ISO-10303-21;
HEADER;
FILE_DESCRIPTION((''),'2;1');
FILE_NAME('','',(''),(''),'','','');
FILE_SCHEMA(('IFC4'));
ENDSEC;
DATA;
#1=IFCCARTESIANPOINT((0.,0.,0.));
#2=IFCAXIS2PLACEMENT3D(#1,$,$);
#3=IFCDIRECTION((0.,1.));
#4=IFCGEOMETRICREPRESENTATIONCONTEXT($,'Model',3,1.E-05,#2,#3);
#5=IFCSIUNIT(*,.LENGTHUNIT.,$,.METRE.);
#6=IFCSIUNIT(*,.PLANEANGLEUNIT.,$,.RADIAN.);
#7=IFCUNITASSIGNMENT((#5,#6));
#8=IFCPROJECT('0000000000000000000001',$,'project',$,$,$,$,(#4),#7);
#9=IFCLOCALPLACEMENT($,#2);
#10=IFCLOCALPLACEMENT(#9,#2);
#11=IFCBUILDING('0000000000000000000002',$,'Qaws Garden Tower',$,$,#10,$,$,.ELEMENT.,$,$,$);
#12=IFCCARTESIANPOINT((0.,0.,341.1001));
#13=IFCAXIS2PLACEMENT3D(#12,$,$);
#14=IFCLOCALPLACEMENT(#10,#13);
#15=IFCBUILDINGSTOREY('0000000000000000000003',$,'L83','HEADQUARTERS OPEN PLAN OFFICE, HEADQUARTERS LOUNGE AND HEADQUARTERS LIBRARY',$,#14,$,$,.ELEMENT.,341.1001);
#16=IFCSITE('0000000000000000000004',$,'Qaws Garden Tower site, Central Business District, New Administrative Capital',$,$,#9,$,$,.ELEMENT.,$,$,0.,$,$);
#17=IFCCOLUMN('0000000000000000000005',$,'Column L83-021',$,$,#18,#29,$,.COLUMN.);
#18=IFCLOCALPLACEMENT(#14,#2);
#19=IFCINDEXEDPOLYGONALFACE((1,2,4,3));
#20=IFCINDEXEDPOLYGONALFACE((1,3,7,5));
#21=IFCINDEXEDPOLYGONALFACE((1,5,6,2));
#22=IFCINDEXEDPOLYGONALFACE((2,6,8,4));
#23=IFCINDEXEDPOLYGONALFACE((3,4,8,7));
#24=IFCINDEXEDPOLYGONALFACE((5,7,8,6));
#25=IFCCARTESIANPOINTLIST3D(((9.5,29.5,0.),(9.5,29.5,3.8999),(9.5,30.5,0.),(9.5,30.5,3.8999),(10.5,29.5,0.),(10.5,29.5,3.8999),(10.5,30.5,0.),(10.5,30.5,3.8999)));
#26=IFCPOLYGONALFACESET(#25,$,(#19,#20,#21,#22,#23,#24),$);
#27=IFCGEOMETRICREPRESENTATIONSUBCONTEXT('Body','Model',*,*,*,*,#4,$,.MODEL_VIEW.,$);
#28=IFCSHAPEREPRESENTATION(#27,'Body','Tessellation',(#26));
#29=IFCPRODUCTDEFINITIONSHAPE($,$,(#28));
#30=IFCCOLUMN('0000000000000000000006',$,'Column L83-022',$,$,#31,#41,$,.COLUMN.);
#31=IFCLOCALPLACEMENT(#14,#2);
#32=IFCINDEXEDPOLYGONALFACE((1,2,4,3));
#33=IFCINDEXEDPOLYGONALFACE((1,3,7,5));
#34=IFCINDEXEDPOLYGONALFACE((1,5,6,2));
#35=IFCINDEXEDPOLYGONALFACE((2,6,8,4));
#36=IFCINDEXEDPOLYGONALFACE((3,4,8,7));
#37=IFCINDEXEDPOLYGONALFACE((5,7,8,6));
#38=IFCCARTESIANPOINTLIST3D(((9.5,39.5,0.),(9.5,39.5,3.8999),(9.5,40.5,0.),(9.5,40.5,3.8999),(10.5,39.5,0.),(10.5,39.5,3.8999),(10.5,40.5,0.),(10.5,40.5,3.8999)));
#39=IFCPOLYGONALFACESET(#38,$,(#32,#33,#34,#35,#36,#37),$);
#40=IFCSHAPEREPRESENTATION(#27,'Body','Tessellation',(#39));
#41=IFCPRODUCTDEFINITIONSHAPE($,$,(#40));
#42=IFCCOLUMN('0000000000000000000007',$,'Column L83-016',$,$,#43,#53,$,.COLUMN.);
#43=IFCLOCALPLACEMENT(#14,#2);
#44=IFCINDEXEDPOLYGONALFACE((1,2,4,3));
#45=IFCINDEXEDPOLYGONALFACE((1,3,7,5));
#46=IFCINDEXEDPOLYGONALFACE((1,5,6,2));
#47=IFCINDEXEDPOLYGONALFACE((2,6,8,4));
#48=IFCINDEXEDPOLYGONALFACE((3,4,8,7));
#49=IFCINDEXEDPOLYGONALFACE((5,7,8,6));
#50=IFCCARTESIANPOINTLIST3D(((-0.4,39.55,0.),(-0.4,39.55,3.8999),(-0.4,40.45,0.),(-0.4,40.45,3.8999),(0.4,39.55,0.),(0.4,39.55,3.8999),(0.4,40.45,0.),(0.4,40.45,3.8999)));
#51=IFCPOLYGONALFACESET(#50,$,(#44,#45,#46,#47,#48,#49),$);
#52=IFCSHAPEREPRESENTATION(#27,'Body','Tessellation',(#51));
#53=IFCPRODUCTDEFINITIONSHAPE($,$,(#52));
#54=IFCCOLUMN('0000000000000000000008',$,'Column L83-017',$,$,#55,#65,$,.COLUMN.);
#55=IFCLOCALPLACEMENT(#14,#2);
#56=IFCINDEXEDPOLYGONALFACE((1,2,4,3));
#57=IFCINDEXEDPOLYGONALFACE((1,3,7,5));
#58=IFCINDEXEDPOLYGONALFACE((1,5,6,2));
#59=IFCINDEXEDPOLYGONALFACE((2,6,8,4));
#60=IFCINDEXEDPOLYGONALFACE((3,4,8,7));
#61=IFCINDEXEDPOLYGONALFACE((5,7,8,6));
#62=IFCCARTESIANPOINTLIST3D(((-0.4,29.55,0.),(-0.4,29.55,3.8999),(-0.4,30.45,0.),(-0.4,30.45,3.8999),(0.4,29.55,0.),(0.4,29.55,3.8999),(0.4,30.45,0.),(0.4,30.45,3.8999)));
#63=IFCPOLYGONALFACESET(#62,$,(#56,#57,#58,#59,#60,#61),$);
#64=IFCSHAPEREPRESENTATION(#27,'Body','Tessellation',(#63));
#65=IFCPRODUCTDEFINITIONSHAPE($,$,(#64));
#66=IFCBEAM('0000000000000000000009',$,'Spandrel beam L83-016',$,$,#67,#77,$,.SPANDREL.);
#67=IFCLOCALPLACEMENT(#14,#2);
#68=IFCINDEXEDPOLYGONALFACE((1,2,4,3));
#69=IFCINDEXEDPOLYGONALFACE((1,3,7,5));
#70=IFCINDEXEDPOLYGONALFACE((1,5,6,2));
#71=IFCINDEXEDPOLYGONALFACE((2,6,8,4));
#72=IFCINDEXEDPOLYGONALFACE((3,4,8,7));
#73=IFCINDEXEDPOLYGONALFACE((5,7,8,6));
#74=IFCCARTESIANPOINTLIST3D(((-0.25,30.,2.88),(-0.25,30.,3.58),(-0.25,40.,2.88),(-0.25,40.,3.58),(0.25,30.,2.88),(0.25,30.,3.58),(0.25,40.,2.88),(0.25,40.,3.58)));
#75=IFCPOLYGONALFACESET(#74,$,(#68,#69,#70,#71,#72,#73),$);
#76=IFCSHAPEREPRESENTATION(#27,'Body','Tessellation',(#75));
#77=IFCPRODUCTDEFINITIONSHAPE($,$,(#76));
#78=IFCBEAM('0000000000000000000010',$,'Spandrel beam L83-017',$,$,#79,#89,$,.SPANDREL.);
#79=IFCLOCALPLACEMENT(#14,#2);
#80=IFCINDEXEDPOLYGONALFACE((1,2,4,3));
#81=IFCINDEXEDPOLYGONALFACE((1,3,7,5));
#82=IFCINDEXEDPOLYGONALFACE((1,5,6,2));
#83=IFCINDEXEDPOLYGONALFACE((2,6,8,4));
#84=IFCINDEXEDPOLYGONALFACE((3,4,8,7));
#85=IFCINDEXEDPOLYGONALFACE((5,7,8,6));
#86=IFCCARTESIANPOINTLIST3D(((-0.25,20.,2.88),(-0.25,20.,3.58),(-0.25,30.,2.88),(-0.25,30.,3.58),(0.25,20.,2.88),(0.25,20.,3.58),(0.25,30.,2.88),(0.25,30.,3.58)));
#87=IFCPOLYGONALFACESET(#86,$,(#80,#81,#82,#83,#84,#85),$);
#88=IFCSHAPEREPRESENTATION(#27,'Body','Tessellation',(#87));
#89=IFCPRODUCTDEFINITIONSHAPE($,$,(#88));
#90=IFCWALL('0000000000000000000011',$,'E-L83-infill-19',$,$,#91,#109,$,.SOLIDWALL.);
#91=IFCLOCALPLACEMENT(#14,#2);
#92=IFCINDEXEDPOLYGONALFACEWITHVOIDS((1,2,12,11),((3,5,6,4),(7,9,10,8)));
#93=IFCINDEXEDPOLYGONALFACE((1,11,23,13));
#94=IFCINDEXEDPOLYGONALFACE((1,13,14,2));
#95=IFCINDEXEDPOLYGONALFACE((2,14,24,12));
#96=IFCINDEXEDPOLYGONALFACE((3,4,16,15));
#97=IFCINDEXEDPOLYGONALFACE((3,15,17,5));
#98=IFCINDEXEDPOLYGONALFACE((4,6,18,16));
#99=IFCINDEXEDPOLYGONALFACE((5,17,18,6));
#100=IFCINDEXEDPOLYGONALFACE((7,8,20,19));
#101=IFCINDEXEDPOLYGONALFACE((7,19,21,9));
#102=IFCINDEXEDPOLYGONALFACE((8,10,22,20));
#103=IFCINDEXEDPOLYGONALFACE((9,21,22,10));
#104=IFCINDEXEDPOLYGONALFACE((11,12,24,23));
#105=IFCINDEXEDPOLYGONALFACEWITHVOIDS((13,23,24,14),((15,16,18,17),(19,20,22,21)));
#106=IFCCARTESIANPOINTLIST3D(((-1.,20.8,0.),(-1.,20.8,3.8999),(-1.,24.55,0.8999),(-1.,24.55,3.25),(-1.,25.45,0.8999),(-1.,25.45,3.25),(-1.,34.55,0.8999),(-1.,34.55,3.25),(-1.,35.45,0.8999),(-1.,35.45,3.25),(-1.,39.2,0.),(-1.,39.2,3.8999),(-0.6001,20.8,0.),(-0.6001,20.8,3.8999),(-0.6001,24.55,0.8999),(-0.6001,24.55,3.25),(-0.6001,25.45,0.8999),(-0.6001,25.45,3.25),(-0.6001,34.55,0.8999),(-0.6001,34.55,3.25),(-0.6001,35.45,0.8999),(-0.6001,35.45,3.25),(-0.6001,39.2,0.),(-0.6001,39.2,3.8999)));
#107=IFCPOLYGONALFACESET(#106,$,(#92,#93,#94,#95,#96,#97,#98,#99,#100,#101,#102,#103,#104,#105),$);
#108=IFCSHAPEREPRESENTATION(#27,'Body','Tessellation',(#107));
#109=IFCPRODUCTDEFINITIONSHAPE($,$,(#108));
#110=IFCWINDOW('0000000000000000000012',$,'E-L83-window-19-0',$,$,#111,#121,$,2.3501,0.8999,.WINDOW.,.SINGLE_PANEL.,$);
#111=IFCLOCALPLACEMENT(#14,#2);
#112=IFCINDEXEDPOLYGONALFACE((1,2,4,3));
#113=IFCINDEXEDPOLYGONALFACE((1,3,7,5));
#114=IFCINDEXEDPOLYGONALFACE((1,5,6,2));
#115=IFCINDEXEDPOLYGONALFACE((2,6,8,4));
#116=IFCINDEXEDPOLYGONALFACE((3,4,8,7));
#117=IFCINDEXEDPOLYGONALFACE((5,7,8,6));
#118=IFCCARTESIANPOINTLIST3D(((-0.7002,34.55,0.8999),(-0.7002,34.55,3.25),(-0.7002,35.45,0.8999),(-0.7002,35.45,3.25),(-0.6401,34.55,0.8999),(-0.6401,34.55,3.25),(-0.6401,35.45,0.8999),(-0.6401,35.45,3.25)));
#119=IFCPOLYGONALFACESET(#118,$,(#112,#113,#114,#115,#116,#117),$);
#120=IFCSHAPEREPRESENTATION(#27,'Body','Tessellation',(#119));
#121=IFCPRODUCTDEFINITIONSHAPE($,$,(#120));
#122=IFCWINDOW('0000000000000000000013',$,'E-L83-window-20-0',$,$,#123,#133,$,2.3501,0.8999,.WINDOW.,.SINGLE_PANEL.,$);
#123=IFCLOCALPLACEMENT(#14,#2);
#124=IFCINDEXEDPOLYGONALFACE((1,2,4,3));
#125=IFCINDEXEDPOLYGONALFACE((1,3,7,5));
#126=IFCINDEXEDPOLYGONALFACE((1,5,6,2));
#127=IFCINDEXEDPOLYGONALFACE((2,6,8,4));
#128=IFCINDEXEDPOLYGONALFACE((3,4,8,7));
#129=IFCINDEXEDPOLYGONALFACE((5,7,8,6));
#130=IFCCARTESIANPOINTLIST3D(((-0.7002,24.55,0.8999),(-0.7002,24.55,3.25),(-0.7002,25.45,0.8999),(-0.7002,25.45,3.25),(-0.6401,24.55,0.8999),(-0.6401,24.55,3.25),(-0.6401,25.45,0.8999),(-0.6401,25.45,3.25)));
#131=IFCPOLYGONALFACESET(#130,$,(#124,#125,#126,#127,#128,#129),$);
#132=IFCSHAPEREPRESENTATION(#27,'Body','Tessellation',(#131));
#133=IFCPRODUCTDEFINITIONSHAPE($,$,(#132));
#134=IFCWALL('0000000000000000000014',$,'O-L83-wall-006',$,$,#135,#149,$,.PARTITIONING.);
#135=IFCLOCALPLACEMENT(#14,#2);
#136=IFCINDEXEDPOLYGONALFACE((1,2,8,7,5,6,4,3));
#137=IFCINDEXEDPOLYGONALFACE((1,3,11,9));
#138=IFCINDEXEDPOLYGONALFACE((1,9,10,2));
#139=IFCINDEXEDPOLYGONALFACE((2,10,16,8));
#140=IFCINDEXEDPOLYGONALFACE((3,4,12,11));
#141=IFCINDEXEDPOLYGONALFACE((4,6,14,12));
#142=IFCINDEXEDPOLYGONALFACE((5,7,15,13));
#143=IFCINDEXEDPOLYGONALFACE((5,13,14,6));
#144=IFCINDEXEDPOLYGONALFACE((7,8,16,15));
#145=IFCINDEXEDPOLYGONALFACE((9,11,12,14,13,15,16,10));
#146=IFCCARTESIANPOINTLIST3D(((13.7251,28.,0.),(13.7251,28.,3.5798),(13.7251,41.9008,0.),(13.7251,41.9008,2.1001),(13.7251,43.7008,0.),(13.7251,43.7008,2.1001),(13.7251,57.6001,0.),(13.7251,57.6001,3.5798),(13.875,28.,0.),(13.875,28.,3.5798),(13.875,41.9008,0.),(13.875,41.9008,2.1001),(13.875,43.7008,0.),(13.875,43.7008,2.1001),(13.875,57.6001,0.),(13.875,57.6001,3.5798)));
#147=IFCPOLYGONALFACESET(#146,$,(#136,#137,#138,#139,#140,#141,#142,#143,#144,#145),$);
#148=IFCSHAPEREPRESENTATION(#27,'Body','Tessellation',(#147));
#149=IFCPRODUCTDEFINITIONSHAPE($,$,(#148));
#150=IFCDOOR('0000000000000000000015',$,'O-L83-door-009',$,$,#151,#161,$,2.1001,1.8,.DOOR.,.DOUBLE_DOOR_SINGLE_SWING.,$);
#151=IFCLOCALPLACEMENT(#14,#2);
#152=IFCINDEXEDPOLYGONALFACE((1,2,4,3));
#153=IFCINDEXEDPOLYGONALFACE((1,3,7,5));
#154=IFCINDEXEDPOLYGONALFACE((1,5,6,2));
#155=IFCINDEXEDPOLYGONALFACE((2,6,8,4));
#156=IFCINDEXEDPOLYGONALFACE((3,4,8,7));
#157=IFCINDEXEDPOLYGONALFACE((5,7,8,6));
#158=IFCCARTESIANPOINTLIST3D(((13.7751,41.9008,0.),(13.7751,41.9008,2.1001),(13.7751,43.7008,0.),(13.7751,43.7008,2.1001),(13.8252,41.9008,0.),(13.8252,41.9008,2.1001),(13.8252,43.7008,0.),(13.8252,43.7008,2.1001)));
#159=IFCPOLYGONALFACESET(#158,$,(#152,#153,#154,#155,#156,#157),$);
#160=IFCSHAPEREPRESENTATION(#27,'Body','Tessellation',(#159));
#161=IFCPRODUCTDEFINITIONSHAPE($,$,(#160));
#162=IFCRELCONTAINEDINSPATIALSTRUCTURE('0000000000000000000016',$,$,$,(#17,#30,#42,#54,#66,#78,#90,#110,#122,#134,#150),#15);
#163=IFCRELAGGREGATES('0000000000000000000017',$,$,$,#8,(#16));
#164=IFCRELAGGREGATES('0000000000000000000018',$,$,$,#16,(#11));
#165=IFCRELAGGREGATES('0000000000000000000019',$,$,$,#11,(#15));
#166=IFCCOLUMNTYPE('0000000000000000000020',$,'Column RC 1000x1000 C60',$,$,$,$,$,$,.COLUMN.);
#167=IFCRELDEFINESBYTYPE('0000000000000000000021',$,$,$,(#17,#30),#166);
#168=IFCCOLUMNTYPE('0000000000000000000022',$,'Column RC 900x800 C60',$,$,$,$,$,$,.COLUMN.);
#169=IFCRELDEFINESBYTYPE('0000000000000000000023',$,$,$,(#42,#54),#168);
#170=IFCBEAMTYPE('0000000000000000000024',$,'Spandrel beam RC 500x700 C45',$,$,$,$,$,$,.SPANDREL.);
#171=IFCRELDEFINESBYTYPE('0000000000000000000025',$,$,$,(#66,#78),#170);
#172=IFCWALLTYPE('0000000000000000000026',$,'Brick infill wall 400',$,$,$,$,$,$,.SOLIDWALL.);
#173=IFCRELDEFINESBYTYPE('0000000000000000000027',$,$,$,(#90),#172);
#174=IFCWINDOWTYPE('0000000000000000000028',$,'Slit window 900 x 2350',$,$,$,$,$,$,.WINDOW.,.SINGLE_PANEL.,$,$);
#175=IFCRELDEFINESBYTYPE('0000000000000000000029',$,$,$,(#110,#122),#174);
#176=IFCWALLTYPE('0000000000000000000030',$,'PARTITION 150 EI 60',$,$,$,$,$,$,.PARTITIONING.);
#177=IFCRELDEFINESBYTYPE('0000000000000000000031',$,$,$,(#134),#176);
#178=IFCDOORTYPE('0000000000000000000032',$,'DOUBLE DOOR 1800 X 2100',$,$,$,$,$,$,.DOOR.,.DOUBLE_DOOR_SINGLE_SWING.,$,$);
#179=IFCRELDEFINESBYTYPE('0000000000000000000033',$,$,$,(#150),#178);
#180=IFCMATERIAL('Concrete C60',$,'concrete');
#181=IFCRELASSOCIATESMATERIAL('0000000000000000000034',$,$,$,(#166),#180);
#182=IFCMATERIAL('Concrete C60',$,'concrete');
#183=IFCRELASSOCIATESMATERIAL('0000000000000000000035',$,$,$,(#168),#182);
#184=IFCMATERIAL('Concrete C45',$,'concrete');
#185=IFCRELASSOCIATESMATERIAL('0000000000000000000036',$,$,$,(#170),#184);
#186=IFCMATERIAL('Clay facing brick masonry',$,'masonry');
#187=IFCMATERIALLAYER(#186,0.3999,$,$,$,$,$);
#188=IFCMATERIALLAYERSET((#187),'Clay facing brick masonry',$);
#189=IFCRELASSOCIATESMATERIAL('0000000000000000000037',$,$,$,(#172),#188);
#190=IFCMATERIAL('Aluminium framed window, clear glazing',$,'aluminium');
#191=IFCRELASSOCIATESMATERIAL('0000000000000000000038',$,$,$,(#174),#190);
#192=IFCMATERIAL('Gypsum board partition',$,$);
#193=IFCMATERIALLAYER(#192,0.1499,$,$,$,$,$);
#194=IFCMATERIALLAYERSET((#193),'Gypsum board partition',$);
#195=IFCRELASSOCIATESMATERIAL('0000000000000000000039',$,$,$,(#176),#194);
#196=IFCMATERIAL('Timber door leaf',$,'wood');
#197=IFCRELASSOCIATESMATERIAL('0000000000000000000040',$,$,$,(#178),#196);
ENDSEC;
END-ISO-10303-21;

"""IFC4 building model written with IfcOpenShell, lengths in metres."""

from ifc_helpers import new_model, si_unit, direction, frame, frame_2d, origin, origin_2d, place, context, subcontext, project, spatial, rectangle, extrude, material, layer, layer_set, material_profile, profile_set, type_object, element, fill, save


model = new_model("IFC4")

# Units and contexts
model_context = context("Model", 3, precision=1e-05, world=origin(), true_north=direction((0.0, 1.0)))
body_context = subcontext(model_context, "Body", "Model", "MODEL_VIEW")
ifc_project = project(units=[si_unit("LENGTHUNIT", "METRE"), si_unit("PLANEANGLEUNIT", "RADIAN")], contexts=[model_context])

# Site, building, storey
site_placement = place(None, origin())
site = spatial("IfcSite", under=ifc_project, at=site_placement, Name="Qaws Garden Tower site, Central Business District, New Administrative Capital", CompositionType="ELEMENT", RefElevation=0.0)
building_placement = place(site_placement, origin())
building = spatial("IfcBuilding", under=site, at=building_placement, Name="Qaws Garden Tower", CompositionType="ELEMENT")
storey_placement = place(building_placement, frame((0.0, 0.0, 341.1001)))
storey = spatial("IfcBuildingStorey", under=building, at=storey_placement, Name="L83", Description="HEADQUARTERS OPEN PLAN OFFICE, HEADQUARTERS LOUNGE AND HEADQUARTERS LIBRARY", CompositionType="ELEMENT", Elevation=341.1001)

# Columns
ifc_material_1 = material(Name="Concrete C60", Category="concrete")
ifc_material_profile_1 = material_profile(ifc_material_1, rectangle(XDim=1.0, YDim=1.0, at=origin_2d()), Name="RC 1000x1000")
ifc_profile_set_1 = profile_set([ifc_material_profile_1], Name="Concrete C60")
column_type_1 = type_object("IfcColumnType", Name="Column RC 1000x1000 C60", PredefinedType="COLUMN", material=ifc_profile_set_1)
for number, where, z_axis, x_axis, name in (
    (1, (10.0, 30.0, 0.0), (0.0, 0.0, 1.0), (1.0, 0.0, 0.0), "Column L83-021"),
    (2, (10.0, 40.0, 0.0), (0.0, 0.0, 1.0), (1.0, 0.0, 0.0), "Column L83-022"),
):
    element("IfcColumn", number, at=place(storey_placement, frame(where, z_axis=z_axis, x_axis=x_axis)), inside=storey, type_object=column_type_1, Name=name, PredefinedType="COLUMN", context=body_context, shape_type="SweptSolid", body=[
        extrude(rectangle(XDim=1.0, YDim=1.0, at=origin_2d()), origin(), (0.0, 0.0, 1.0), 3.8999),
    ])
ifc_material_2 = material(Name="Concrete C60", Category="concrete")
ifc_material_profile_2 = material_profile(ifc_material_2, rectangle(XDim=0.8999, YDim=0.8, at=origin_2d()), Name="RC 900x800")
ifc_profile_set_2 = profile_set([ifc_material_profile_2], Name="Concrete C60")
column_type_2 = type_object("IfcColumnType", Name="Column RC 900x800 C60", PredefinedType="COLUMN", material=ifc_profile_set_2)
for number, where, z_axis, x_axis, name in (
    (3, (0.0, 40.0, 0.0), (0.0, 0.0, 1.0), (0.0, 1.0, 0.0), "Column L83-016"),
    (4, (0.0, 30.0, 0.0), (0.0, 0.0, 1.0), (0.0, 1.0, 0.0), "Column L83-017"),
):
    element("IfcColumn", number, at=place(storey_placement, frame(where, z_axis=z_axis, x_axis=x_axis)), inside=storey, type_object=column_type_2, Name=name, PredefinedType="COLUMN", context=body_context, shape_type="SweptSolid", body=[
        extrude(rectangle(XDim=0.8999, YDim=0.8, at=origin_2d()), origin(), (0.0, 0.0, 1.0), 3.8999),
    ])

# Beams
ifc_material_3 = material(Name="Concrete C45", Category="concrete")
ifc_material_profile_3 = material_profile(ifc_material_3, rectangle(XDim=0.5, YDim=0.7, at=origin_2d()), Name="RC 500x700")
ifc_profile_set_3 = profile_set([ifc_material_profile_3], Name="Concrete C45")
beam_type = type_object("IfcBeamType", Name="Spandrel beam RC 500x700 C45", PredefinedType="SPANDREL", material=ifc_profile_set_3)
for number, where, z_axis, x_axis, name in (
    (5, (0.0, 40.0, 3.23), (0.0, -1.0, 0.0), (1.0, 0.0, 0.0), "Spandrel beam L83-016"),
    (6, (0.0, 30.0, 3.23), (0.0, -1.0, 0.0), (1.0, 0.0, 0.0), "Spandrel beam L83-017"),
):
    element("IfcBeam", number, at=place(storey_placement, frame(where, z_axis=z_axis, x_axis=x_axis)), inside=storey, type_object=beam_type, Name=name, PredefinedType="SPANDREL", context=body_context, shape_type="SweptSolid", body=[
        extrude(rectangle(XDim=0.5, YDim=0.7, at=origin_2d()), origin(), (0.0, 0.0, 1.0), 10.0),
    ])

# Wall, openings, windows
ifc_material_4 = material(Name="Clay facing brick masonry", Category="masonry")
ifc_layer_1 = layer(ifc_material_4, 0.3999)
ifc_layer_set_1 = layer_set([ifc_layer_1], Name="Clay facing brick masonry")
wall_type_1 = type_object("IfcWallType", Name="Brick infill wall 400", PredefinedType="SOLIDWALL", material=ifc_layer_set_1)
wall_1_placement = place(storey_placement, frame((-0.8, 39.2, 0.0), z_axis=(0.0, 0.0, 1.0), x_axis=(0.0, -1.0, 0.0)))
wall_1 = element("IfcWall", 7, at=wall_1_placement, inside=storey, type_object=wall_type_1, Name="E-L83-infill-19", PredefinedType="SOLIDWALL", context=body_context, shape_type="SweptSolid", body=[
    extrude(rectangle(XDim=18.3999, YDim=0.3999, at=frame_2d((9.2, 0.0))), origin(), (0.0, 0.0, 1.0), 3.8999),
])
opening_1_placement = place(wall_1_placement, frame((3.75, 0.0, 0.8999)))
opening_1 = element("IfcOpeningElement", 8, at=opening_1_placement, cuts=wall_1, PredefinedType="OPENING", context=body_context, shape_type="SweptSolid", body=[
    extrude(rectangle(XDim=0.8999, YDim=2.3501, at=frame_2d((0.45, 1.175))), frame((0.0, 0.21, 0.0), z_axis=(0.0, -1.0, 0.0), x_axis=(1.0, 0.0, 0.0)), (0.0, 0.0, 1.0), 0.4199),
])
opening_2_placement = place(wall_1_placement, frame((13.75, 0.0, 0.8999)))
opening_2 = element("IfcOpeningElement", 9, at=opening_2_placement, cuts=wall_1, PredefinedType="OPENING", context=body_context, shape_type="SweptSolid", body=[
    extrude(rectangle(XDim=0.8999, YDim=2.3501, at=frame_2d((0.45, 1.175))), frame((0.0, 0.21, 0.0), z_axis=(0.0, -1.0, 0.0), x_axis=(1.0, 0.0, 0.0)), (0.0, 0.0, 1.0), 0.4199),
])
ifc_material_5 = material(Name="Aluminium framed window, clear glazing", Category="aluminium")
window_type = type_object("IfcWindowType", Name="Slit window 900 x 2350", PartitioningType="SINGLE_PANEL", PredefinedType="WINDOW", material=ifc_material_5)
window_1_placement = place(opening_1_placement, origin())
window_1 = element("IfcWindow", 10, at=window_1_placement, inside=storey, type_object=window_type, Name="E-L83-window-19-0", OverallHeight=2.3501, OverallWidth=0.8999, PartitioningType="SINGLE_PANEL", PredefinedType="WINDOW", context=body_context, shape_type="SweptSolid", body=[
    extrude(rectangle(XDim=0.8999, YDim=2.3501, at=frame_2d((0.45, 1.175))), frame((0.0, 0.1599, 0.0), z_axis=(0.0, -1.0, 0.0), x_axis=(1.0, 0.0, 0.0)), (0.0, 0.0, 1.0), 0.0601),
])
fill(opening_1, window_1)
window_2_placement = place(opening_2_placement, origin())
window_2 = element("IfcWindow", 11, at=window_2_placement, inside=storey, type_object=window_type, Name="E-L83-window-20-0", OverallHeight=2.3501, OverallWidth=0.8999, PartitioningType="SINGLE_PANEL", PredefinedType="WINDOW", context=body_context, shape_type="SweptSolid", body=[
    extrude(rectangle(XDim=0.8999, YDim=2.3501, at=frame_2d((0.45, 1.175))), frame((0.0, 0.1599, 0.0), z_axis=(0.0, -1.0, 0.0), x_axis=(1.0, 0.0, 0.0)), (0.0, 0.0, 1.0), 0.0601),
])
fill(opening_2, window_2)

# Wall, opening, door
ifc_material_6 = material(Name="Gypsum board partition")
ifc_layer_2 = layer(ifc_material_6, 0.1499)
ifc_layer_set_2 = layer_set([ifc_layer_2], Name="Gypsum board partition")
wall_type_2 = type_object("IfcWallType", Name="PARTITION 150 EI 60", PredefinedType="PARTITIONING", material=ifc_layer_set_2)
wall_2_placement = place(storey_placement, frame((13.8, 28.0, 0.0), z_axis=(0.0, 0.0, 1.0), x_axis=(0.0, 1.0, 0.0)))
wall_2 = element("IfcWall", 12, at=wall_2_placement, inside=storey, type_object=wall_type_2, Name="O-L83-wall-006", PredefinedType="PARTITIONING", context=body_context, shape_type="SweptSolid", body=[
    extrude(rectangle(XDim=29.6001, YDim=0.1499, at=frame_2d((14.8, 0.0))), origin(), (0.0, 0.0, 1.0), 3.5798),
])
opening_3_placement = place(wall_2_placement, frame((13.9009, 0.0, 0.0)))
opening_3 = element("IfcOpeningElement", 13, at=opening_3_placement, cuts=wall_2, PredefinedType="OPENING", context=body_context, shape_type="SweptSolid", body=[
    extrude(rectangle(XDim=1.8, YDim=2.1001, at=frame_2d((0.8999, 1.05))), frame((0.0, 0.085, 0.0), z_axis=(0.0, -1.0, 0.0), x_axis=(1.0, 0.0, 0.0)), (0.0, 0.0, 1.0), 0.1699),
])
ifc_material_7 = material(Name="Timber door leaf", Category="wood")
door_type_1 = type_object("IfcDoorType", Name="DOUBLE DOOR 1800 X 2100", OperationType="DOUBLE_DOOR_SINGLE_SWING", PredefinedType="DOOR", material=ifc_material_7)
door_1_placement = place(opening_3_placement, origin())
door_1 = element("IfcDoor", 14, at=door_1_placement, inside=storey, type_object=door_type_1, Name="O-L83-door-009", OperationType="DOUBLE_DOOR_SINGLE_SWING", OverallHeight=2.1001, OverallWidth=1.8, PredefinedType="DOOR", context=body_context, shape_type="SweptSolid", body=[
    extrude(rectangle(XDim=1.8, YDim=2.1001, at=frame_2d((0.8999, 1.05))), frame((0.0, 0.0249, 0.0), z_axis=(0.0, -1.0, 0.0), x_axis=(1.0, 0.0, 0.0)), (0.0, 0.0, 1.0), 0.05),
])
fill(opening_3, door_1)

save(model, "model.ifc")
